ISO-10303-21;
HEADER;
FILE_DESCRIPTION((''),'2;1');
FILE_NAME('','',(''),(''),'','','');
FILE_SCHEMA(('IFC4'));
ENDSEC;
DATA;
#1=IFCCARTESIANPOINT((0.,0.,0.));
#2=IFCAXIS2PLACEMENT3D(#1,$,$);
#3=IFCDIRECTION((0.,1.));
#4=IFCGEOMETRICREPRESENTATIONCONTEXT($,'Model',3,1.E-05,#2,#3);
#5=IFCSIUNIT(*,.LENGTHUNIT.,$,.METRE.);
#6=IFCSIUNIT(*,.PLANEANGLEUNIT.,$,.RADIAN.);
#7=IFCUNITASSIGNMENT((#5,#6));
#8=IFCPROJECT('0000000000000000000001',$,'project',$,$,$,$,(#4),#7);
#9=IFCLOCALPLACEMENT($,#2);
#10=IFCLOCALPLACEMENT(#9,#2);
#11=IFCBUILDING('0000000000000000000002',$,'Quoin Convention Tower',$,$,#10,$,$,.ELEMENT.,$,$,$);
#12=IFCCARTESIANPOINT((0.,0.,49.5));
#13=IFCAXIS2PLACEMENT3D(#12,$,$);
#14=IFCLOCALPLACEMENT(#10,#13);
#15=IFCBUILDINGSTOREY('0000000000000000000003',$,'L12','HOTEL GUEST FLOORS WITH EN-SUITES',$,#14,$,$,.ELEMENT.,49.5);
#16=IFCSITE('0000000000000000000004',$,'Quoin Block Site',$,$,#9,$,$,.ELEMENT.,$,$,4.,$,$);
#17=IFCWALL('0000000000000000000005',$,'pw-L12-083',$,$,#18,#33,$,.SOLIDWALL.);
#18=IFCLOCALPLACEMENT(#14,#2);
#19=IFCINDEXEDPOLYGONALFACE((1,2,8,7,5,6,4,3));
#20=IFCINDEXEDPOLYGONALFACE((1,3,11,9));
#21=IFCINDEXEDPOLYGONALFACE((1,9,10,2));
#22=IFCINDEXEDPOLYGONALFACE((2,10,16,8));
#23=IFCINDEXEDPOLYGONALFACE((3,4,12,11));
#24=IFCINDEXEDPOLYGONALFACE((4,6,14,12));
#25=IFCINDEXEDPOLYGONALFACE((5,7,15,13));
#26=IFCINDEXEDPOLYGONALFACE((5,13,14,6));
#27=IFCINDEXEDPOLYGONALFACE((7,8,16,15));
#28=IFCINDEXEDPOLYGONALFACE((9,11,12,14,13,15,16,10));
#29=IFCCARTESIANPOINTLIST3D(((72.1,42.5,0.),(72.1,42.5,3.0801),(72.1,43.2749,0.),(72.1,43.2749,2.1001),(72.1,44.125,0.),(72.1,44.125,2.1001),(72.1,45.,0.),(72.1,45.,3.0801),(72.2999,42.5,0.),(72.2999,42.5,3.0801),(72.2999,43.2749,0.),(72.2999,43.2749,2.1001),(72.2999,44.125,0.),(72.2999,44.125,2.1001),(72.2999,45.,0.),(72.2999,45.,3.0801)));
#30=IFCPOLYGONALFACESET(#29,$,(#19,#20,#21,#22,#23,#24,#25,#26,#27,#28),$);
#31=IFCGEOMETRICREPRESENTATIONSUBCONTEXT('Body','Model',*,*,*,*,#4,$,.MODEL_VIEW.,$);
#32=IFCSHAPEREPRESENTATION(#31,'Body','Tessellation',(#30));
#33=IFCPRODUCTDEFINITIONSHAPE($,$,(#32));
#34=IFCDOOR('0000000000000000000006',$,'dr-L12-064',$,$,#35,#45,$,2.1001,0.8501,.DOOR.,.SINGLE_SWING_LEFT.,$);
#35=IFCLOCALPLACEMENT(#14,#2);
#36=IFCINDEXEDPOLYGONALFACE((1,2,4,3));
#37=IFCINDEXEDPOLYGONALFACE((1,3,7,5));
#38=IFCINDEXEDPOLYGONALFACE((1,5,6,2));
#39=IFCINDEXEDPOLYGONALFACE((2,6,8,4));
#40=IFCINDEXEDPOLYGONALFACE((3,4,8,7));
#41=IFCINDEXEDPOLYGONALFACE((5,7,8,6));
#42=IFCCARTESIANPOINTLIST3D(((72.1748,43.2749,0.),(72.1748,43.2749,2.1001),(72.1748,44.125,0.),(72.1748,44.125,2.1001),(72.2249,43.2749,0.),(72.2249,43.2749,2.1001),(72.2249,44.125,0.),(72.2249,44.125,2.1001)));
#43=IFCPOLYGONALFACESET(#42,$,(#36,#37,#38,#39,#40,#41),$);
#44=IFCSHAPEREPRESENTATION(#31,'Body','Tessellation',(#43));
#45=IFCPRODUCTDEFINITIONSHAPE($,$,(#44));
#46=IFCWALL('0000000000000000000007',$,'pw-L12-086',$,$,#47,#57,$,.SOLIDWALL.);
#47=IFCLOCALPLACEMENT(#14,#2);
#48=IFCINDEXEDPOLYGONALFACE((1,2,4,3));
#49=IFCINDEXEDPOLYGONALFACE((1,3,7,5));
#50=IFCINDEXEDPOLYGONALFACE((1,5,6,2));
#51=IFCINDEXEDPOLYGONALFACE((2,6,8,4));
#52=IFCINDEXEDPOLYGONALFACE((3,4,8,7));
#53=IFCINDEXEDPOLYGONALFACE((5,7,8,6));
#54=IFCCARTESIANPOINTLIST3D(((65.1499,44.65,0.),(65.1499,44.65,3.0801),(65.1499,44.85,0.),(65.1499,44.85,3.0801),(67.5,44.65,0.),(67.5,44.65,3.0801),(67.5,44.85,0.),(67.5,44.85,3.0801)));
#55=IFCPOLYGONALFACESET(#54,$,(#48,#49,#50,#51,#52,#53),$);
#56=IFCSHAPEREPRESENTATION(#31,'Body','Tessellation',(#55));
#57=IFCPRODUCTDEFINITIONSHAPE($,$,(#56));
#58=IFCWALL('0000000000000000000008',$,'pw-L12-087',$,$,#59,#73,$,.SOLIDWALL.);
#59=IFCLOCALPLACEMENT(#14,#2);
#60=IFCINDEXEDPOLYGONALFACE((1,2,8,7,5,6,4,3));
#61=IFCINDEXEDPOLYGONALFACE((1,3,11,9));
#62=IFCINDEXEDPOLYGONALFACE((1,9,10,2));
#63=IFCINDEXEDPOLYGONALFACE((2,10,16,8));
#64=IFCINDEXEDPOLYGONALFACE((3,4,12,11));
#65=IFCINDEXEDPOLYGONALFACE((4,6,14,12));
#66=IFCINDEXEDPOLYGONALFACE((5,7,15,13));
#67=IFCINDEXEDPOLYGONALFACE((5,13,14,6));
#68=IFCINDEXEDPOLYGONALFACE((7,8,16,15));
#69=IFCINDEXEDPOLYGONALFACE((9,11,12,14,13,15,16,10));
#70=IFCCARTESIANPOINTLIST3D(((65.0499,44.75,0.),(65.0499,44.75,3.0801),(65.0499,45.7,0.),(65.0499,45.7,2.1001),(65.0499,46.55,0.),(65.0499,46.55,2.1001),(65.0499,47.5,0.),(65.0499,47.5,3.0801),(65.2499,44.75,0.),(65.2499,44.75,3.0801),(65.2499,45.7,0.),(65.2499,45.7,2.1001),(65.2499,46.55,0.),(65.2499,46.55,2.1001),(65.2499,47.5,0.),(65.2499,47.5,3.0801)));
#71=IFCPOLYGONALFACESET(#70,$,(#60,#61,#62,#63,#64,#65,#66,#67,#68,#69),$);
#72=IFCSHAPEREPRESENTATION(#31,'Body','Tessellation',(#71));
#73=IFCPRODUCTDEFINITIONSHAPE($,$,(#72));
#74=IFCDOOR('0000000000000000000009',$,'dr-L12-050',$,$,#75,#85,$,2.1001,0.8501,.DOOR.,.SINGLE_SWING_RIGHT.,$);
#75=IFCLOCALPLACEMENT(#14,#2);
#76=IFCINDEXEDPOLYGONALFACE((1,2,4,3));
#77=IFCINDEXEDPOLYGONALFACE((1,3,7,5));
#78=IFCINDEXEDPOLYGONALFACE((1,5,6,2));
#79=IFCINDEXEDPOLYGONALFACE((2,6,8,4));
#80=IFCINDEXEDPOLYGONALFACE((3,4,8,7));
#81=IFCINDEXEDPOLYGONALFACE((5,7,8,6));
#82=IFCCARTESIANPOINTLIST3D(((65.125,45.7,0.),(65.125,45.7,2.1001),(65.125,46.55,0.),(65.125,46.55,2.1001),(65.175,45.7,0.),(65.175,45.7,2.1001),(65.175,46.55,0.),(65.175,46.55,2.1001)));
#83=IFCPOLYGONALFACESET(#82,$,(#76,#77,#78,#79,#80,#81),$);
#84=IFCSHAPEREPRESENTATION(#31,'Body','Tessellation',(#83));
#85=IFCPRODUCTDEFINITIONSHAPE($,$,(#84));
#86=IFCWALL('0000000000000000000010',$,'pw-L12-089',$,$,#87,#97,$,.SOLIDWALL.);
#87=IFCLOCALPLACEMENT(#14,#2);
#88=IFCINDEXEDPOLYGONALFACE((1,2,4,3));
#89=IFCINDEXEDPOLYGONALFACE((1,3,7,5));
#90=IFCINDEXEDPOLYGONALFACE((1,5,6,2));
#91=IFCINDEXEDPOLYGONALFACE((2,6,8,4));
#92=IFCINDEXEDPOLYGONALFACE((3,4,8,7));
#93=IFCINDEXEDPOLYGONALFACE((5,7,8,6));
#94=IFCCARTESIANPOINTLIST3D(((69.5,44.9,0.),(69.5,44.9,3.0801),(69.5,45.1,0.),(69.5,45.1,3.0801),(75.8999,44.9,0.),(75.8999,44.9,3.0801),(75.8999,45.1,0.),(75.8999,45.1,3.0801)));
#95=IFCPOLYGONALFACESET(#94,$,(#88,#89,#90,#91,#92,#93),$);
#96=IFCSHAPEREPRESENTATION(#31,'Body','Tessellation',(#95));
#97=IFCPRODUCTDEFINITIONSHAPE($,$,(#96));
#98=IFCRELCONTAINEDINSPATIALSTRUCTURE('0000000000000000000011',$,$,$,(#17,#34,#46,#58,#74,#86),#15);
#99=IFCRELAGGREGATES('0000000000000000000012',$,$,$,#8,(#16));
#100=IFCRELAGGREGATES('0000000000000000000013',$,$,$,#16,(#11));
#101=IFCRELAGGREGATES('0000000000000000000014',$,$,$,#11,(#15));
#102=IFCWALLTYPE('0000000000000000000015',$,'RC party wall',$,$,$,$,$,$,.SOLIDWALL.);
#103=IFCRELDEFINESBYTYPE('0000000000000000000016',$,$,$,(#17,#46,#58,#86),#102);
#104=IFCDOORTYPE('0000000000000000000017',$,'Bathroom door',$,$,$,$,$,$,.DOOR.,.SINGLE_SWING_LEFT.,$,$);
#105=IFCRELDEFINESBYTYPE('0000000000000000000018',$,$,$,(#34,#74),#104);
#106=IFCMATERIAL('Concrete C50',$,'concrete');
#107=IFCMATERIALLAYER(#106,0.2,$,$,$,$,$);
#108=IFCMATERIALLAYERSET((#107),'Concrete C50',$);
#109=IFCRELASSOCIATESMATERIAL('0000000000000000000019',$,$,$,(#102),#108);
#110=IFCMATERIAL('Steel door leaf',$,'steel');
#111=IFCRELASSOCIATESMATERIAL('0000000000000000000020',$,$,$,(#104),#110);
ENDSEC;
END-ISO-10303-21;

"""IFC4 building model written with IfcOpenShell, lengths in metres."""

from ifc_helpers import new_model, si_unit, direction, frame, frame_2d, origin, place, context, subcontext, project, spatial, rectangle, extrude, material, layer, layer_set, type_object, element, fill, save


model = new_model("IFC4")

# Units and contexts
model_context = context("Model", 3, precision=1e-05, world=origin(), true_north=direction((0.0, 1.0)))
body_context = subcontext(model_context, "Body", "Model", "MODEL_VIEW")
ifc_project = project(units=[si_unit("LENGTHUNIT", "METRE"), si_unit("PLANEANGLEUNIT", "RADIAN")], contexts=[model_context])

# Site, building, storey
site_placement = place(None, origin())
site = spatial("IfcSite", under=ifc_project, at=site_placement, Name="Quoin Block Site", CompositionType="ELEMENT", RefElevation=4.0)
building_placement = place(site_placement, origin())
building = spatial("IfcBuilding", under=site, at=building_placement, Name="Quoin Convention Tower", CompositionType="ELEMENT")
storey_placement = place(building_placement, frame((0.0, 0.0, 49.5)))
storey = spatial("IfcBuildingStorey", under=building, at=storey_placement, Name="L12", Description="HOTEL GUEST FLOORS WITH EN-SUITES", CompositionType="ELEMENT", Elevation=49.5)

# Shared definitions
ifc_material_1 = material(Name="Concrete C50", Category="concrete")
ifc_layer_1 = layer(ifc_material_1, 0.2)
ifc_layer_set_1 = layer_set([ifc_layer_1], Name="Concrete C50")
wall_type_1 = type_object("IfcWallType", Name="RC party wall", PredefinedType="SOLIDWALL", material=ifc_layer_set_1)

# Wall, opening, door
wall_1_placement = place(storey_placement, frame((72.2, 42.5, 0.0), z_axis=(0.0, 0.0, 1.0), x_axis=(0.0, 1.0, 0.0)))
wall_1 = element("IfcWall", 1, at=wall_1_placement, inside=storey, type_object=wall_type_1, Name="pw-L12-083", PredefinedType="SOLIDWALL", context=body_context, shape_type="SweptSolid", body=[
    extrude(rectangle(XDim=2.5, YDim=0.2, at=frame_2d((1.25, 0.0))), origin(), (0.0, 0.0, 1.0), 3.0801),
])
opening_1_placement = place(wall_1_placement, frame((0.7749, 0.0, 0.0)))
opening_1 = element("IfcOpeningElement", 2, at=opening_1_placement, cuts=wall_1, PredefinedType="OPENING", context=body_context, shape_type="SweptSolid", body=[
    extrude(rectangle(XDim=0.8501, YDim=2.1001, at=frame_2d((0.425, 1.05))), frame((0.0, 0.1099, 0.0), z_axis=(0.0, -1.0, 0.0), x_axis=(1.0, 0.0, 0.0)), (0.0, 0.0, 1.0), 0.22),
])
ifc_material_2 = material(Name="Steel door leaf", Category="steel")
door_type = type_object("IfcDoorType", Name="Bathroom door", OperationType="SINGLE_SWING_LEFT", PredefinedType="DOOR", material=ifc_material_2)
door_1_placement = place(opening_1_placement, frame((0.8501, 0.0, 0.0), z_axis=(0.0, 0.0, 1.0), x_axis=(-1.0, 0.0, 0.0)))
door_1 = element("IfcDoor", 3, at=door_1_placement, inside=storey, type_object=door_type, Name="dr-L12-064", OperationType="SINGLE_SWING_LEFT", OverallHeight=2.1001, OverallWidth=0.8501, PredefinedType="DOOR", context=body_context, shape_type="SweptSolid", body=[
    extrude(rectangle(XDim=0.8501, YDim=2.1001, at=frame_2d((0.425, 1.05))), frame((0.0, 0.0249, 0.0), z_axis=(0.0, -1.0, 0.0), x_axis=(1.0, 0.0, 0.0)), (0.0, 0.0, 1.0), 0.05),
])
fill(opening_1, door_1)

# Wall
wall_2_placement = place(storey_placement, frame((65.1499, 44.75, 0.0), z_axis=(0.0, 0.0, 1.0), x_axis=(1.0, 0.0, 0.0)))
element("IfcWall", 4, at=wall_2_placement, inside=storey, type_object=wall_type_1, Name="pw-L12-086", PredefinedType="SOLIDWALL", context=body_context, shape_type="SweptSolid", body=[
    extrude(rectangle(XDim=2.3501, YDim=0.2, at=frame_2d((1.175, 0.0))), origin(), (0.0, 0.0, 1.0), 3.0801),
])

# Wall, opening, door
wall_3_placement = place(storey_placement, frame((65.1499, 44.75, 0.0), z_axis=(0.0, 0.0, 1.0), x_axis=(0.0, 1.0, 0.0)))
wall_3 = element("IfcWall", 5, at=wall_3_placement, inside=storey, type_object=wall_type_1, Name="pw-L12-087", PredefinedType="SOLIDWALL", context=body_context, shape_type="SweptSolid", body=[
    extrude(rectangle(XDim=2.75, YDim=0.2, at=frame_2d((1.375, 0.0))), origin(), (0.0, 0.0, 1.0), 3.0801),
])
opening_2_placement = place(wall_3_placement, frame((0.95, 0.0, 0.0)))
opening_2 = element("IfcOpeningElement", 6, at=opening_2_placement, cuts=wall_3, PredefinedType="OPENING", context=body_context, shape_type="SweptSolid", body=[
    extrude(rectangle(XDim=0.8501, YDim=2.1001, at=frame_2d((0.425, 1.05))), frame((0.0, 0.1099, 0.0), z_axis=(0.0, -1.0, 0.0), x_axis=(1.0, 0.0, 0.0)), (0.0, 0.0, 1.0), 0.22),
])
door_2_placement = place(opening_2_placement, origin())
door_2 = element("IfcDoor", 7, at=door_2_placement, inside=storey, type_object=door_type, Name="dr-L12-050", OperationType="SINGLE_SWING_RIGHT", OverallHeight=2.1001, OverallWidth=0.8501, PredefinedType="DOOR", context=body_context, shape_type="SweptSolid", body=[
    extrude(rectangle(XDim=0.8501, YDim=2.1001, at=frame_2d((0.425, 1.05))), frame((0.0, 0.0249, 0.0), z_axis=(0.0, -1.0, 0.0), x_axis=(1.0, 0.0, 0.0)), (0.0, 0.0, 1.0), 0.05),
])
fill(opening_2, door_2)

# Wall
wall_4_placement = place(storey_placement, frame((69.5, 45.0, 0.0), z_axis=(0.0, 0.0, 1.0), x_axis=(1.0, 0.0, 0.0)))
element("IfcWall", 8, at=wall_4_placement, inside=storey, type_object=wall_type_1, Name="pw-L12-089", PredefinedType="SOLIDWALL", context=body_context, shape_type="SweptSolid", body=[
    extrude(rectangle(XDim=6.3999, YDim=0.2, at=frame_2d((3.2, 0.0))), origin(), (0.0, 0.0, 1.0), 3.0801),
])

save(model, "model.ifc")
